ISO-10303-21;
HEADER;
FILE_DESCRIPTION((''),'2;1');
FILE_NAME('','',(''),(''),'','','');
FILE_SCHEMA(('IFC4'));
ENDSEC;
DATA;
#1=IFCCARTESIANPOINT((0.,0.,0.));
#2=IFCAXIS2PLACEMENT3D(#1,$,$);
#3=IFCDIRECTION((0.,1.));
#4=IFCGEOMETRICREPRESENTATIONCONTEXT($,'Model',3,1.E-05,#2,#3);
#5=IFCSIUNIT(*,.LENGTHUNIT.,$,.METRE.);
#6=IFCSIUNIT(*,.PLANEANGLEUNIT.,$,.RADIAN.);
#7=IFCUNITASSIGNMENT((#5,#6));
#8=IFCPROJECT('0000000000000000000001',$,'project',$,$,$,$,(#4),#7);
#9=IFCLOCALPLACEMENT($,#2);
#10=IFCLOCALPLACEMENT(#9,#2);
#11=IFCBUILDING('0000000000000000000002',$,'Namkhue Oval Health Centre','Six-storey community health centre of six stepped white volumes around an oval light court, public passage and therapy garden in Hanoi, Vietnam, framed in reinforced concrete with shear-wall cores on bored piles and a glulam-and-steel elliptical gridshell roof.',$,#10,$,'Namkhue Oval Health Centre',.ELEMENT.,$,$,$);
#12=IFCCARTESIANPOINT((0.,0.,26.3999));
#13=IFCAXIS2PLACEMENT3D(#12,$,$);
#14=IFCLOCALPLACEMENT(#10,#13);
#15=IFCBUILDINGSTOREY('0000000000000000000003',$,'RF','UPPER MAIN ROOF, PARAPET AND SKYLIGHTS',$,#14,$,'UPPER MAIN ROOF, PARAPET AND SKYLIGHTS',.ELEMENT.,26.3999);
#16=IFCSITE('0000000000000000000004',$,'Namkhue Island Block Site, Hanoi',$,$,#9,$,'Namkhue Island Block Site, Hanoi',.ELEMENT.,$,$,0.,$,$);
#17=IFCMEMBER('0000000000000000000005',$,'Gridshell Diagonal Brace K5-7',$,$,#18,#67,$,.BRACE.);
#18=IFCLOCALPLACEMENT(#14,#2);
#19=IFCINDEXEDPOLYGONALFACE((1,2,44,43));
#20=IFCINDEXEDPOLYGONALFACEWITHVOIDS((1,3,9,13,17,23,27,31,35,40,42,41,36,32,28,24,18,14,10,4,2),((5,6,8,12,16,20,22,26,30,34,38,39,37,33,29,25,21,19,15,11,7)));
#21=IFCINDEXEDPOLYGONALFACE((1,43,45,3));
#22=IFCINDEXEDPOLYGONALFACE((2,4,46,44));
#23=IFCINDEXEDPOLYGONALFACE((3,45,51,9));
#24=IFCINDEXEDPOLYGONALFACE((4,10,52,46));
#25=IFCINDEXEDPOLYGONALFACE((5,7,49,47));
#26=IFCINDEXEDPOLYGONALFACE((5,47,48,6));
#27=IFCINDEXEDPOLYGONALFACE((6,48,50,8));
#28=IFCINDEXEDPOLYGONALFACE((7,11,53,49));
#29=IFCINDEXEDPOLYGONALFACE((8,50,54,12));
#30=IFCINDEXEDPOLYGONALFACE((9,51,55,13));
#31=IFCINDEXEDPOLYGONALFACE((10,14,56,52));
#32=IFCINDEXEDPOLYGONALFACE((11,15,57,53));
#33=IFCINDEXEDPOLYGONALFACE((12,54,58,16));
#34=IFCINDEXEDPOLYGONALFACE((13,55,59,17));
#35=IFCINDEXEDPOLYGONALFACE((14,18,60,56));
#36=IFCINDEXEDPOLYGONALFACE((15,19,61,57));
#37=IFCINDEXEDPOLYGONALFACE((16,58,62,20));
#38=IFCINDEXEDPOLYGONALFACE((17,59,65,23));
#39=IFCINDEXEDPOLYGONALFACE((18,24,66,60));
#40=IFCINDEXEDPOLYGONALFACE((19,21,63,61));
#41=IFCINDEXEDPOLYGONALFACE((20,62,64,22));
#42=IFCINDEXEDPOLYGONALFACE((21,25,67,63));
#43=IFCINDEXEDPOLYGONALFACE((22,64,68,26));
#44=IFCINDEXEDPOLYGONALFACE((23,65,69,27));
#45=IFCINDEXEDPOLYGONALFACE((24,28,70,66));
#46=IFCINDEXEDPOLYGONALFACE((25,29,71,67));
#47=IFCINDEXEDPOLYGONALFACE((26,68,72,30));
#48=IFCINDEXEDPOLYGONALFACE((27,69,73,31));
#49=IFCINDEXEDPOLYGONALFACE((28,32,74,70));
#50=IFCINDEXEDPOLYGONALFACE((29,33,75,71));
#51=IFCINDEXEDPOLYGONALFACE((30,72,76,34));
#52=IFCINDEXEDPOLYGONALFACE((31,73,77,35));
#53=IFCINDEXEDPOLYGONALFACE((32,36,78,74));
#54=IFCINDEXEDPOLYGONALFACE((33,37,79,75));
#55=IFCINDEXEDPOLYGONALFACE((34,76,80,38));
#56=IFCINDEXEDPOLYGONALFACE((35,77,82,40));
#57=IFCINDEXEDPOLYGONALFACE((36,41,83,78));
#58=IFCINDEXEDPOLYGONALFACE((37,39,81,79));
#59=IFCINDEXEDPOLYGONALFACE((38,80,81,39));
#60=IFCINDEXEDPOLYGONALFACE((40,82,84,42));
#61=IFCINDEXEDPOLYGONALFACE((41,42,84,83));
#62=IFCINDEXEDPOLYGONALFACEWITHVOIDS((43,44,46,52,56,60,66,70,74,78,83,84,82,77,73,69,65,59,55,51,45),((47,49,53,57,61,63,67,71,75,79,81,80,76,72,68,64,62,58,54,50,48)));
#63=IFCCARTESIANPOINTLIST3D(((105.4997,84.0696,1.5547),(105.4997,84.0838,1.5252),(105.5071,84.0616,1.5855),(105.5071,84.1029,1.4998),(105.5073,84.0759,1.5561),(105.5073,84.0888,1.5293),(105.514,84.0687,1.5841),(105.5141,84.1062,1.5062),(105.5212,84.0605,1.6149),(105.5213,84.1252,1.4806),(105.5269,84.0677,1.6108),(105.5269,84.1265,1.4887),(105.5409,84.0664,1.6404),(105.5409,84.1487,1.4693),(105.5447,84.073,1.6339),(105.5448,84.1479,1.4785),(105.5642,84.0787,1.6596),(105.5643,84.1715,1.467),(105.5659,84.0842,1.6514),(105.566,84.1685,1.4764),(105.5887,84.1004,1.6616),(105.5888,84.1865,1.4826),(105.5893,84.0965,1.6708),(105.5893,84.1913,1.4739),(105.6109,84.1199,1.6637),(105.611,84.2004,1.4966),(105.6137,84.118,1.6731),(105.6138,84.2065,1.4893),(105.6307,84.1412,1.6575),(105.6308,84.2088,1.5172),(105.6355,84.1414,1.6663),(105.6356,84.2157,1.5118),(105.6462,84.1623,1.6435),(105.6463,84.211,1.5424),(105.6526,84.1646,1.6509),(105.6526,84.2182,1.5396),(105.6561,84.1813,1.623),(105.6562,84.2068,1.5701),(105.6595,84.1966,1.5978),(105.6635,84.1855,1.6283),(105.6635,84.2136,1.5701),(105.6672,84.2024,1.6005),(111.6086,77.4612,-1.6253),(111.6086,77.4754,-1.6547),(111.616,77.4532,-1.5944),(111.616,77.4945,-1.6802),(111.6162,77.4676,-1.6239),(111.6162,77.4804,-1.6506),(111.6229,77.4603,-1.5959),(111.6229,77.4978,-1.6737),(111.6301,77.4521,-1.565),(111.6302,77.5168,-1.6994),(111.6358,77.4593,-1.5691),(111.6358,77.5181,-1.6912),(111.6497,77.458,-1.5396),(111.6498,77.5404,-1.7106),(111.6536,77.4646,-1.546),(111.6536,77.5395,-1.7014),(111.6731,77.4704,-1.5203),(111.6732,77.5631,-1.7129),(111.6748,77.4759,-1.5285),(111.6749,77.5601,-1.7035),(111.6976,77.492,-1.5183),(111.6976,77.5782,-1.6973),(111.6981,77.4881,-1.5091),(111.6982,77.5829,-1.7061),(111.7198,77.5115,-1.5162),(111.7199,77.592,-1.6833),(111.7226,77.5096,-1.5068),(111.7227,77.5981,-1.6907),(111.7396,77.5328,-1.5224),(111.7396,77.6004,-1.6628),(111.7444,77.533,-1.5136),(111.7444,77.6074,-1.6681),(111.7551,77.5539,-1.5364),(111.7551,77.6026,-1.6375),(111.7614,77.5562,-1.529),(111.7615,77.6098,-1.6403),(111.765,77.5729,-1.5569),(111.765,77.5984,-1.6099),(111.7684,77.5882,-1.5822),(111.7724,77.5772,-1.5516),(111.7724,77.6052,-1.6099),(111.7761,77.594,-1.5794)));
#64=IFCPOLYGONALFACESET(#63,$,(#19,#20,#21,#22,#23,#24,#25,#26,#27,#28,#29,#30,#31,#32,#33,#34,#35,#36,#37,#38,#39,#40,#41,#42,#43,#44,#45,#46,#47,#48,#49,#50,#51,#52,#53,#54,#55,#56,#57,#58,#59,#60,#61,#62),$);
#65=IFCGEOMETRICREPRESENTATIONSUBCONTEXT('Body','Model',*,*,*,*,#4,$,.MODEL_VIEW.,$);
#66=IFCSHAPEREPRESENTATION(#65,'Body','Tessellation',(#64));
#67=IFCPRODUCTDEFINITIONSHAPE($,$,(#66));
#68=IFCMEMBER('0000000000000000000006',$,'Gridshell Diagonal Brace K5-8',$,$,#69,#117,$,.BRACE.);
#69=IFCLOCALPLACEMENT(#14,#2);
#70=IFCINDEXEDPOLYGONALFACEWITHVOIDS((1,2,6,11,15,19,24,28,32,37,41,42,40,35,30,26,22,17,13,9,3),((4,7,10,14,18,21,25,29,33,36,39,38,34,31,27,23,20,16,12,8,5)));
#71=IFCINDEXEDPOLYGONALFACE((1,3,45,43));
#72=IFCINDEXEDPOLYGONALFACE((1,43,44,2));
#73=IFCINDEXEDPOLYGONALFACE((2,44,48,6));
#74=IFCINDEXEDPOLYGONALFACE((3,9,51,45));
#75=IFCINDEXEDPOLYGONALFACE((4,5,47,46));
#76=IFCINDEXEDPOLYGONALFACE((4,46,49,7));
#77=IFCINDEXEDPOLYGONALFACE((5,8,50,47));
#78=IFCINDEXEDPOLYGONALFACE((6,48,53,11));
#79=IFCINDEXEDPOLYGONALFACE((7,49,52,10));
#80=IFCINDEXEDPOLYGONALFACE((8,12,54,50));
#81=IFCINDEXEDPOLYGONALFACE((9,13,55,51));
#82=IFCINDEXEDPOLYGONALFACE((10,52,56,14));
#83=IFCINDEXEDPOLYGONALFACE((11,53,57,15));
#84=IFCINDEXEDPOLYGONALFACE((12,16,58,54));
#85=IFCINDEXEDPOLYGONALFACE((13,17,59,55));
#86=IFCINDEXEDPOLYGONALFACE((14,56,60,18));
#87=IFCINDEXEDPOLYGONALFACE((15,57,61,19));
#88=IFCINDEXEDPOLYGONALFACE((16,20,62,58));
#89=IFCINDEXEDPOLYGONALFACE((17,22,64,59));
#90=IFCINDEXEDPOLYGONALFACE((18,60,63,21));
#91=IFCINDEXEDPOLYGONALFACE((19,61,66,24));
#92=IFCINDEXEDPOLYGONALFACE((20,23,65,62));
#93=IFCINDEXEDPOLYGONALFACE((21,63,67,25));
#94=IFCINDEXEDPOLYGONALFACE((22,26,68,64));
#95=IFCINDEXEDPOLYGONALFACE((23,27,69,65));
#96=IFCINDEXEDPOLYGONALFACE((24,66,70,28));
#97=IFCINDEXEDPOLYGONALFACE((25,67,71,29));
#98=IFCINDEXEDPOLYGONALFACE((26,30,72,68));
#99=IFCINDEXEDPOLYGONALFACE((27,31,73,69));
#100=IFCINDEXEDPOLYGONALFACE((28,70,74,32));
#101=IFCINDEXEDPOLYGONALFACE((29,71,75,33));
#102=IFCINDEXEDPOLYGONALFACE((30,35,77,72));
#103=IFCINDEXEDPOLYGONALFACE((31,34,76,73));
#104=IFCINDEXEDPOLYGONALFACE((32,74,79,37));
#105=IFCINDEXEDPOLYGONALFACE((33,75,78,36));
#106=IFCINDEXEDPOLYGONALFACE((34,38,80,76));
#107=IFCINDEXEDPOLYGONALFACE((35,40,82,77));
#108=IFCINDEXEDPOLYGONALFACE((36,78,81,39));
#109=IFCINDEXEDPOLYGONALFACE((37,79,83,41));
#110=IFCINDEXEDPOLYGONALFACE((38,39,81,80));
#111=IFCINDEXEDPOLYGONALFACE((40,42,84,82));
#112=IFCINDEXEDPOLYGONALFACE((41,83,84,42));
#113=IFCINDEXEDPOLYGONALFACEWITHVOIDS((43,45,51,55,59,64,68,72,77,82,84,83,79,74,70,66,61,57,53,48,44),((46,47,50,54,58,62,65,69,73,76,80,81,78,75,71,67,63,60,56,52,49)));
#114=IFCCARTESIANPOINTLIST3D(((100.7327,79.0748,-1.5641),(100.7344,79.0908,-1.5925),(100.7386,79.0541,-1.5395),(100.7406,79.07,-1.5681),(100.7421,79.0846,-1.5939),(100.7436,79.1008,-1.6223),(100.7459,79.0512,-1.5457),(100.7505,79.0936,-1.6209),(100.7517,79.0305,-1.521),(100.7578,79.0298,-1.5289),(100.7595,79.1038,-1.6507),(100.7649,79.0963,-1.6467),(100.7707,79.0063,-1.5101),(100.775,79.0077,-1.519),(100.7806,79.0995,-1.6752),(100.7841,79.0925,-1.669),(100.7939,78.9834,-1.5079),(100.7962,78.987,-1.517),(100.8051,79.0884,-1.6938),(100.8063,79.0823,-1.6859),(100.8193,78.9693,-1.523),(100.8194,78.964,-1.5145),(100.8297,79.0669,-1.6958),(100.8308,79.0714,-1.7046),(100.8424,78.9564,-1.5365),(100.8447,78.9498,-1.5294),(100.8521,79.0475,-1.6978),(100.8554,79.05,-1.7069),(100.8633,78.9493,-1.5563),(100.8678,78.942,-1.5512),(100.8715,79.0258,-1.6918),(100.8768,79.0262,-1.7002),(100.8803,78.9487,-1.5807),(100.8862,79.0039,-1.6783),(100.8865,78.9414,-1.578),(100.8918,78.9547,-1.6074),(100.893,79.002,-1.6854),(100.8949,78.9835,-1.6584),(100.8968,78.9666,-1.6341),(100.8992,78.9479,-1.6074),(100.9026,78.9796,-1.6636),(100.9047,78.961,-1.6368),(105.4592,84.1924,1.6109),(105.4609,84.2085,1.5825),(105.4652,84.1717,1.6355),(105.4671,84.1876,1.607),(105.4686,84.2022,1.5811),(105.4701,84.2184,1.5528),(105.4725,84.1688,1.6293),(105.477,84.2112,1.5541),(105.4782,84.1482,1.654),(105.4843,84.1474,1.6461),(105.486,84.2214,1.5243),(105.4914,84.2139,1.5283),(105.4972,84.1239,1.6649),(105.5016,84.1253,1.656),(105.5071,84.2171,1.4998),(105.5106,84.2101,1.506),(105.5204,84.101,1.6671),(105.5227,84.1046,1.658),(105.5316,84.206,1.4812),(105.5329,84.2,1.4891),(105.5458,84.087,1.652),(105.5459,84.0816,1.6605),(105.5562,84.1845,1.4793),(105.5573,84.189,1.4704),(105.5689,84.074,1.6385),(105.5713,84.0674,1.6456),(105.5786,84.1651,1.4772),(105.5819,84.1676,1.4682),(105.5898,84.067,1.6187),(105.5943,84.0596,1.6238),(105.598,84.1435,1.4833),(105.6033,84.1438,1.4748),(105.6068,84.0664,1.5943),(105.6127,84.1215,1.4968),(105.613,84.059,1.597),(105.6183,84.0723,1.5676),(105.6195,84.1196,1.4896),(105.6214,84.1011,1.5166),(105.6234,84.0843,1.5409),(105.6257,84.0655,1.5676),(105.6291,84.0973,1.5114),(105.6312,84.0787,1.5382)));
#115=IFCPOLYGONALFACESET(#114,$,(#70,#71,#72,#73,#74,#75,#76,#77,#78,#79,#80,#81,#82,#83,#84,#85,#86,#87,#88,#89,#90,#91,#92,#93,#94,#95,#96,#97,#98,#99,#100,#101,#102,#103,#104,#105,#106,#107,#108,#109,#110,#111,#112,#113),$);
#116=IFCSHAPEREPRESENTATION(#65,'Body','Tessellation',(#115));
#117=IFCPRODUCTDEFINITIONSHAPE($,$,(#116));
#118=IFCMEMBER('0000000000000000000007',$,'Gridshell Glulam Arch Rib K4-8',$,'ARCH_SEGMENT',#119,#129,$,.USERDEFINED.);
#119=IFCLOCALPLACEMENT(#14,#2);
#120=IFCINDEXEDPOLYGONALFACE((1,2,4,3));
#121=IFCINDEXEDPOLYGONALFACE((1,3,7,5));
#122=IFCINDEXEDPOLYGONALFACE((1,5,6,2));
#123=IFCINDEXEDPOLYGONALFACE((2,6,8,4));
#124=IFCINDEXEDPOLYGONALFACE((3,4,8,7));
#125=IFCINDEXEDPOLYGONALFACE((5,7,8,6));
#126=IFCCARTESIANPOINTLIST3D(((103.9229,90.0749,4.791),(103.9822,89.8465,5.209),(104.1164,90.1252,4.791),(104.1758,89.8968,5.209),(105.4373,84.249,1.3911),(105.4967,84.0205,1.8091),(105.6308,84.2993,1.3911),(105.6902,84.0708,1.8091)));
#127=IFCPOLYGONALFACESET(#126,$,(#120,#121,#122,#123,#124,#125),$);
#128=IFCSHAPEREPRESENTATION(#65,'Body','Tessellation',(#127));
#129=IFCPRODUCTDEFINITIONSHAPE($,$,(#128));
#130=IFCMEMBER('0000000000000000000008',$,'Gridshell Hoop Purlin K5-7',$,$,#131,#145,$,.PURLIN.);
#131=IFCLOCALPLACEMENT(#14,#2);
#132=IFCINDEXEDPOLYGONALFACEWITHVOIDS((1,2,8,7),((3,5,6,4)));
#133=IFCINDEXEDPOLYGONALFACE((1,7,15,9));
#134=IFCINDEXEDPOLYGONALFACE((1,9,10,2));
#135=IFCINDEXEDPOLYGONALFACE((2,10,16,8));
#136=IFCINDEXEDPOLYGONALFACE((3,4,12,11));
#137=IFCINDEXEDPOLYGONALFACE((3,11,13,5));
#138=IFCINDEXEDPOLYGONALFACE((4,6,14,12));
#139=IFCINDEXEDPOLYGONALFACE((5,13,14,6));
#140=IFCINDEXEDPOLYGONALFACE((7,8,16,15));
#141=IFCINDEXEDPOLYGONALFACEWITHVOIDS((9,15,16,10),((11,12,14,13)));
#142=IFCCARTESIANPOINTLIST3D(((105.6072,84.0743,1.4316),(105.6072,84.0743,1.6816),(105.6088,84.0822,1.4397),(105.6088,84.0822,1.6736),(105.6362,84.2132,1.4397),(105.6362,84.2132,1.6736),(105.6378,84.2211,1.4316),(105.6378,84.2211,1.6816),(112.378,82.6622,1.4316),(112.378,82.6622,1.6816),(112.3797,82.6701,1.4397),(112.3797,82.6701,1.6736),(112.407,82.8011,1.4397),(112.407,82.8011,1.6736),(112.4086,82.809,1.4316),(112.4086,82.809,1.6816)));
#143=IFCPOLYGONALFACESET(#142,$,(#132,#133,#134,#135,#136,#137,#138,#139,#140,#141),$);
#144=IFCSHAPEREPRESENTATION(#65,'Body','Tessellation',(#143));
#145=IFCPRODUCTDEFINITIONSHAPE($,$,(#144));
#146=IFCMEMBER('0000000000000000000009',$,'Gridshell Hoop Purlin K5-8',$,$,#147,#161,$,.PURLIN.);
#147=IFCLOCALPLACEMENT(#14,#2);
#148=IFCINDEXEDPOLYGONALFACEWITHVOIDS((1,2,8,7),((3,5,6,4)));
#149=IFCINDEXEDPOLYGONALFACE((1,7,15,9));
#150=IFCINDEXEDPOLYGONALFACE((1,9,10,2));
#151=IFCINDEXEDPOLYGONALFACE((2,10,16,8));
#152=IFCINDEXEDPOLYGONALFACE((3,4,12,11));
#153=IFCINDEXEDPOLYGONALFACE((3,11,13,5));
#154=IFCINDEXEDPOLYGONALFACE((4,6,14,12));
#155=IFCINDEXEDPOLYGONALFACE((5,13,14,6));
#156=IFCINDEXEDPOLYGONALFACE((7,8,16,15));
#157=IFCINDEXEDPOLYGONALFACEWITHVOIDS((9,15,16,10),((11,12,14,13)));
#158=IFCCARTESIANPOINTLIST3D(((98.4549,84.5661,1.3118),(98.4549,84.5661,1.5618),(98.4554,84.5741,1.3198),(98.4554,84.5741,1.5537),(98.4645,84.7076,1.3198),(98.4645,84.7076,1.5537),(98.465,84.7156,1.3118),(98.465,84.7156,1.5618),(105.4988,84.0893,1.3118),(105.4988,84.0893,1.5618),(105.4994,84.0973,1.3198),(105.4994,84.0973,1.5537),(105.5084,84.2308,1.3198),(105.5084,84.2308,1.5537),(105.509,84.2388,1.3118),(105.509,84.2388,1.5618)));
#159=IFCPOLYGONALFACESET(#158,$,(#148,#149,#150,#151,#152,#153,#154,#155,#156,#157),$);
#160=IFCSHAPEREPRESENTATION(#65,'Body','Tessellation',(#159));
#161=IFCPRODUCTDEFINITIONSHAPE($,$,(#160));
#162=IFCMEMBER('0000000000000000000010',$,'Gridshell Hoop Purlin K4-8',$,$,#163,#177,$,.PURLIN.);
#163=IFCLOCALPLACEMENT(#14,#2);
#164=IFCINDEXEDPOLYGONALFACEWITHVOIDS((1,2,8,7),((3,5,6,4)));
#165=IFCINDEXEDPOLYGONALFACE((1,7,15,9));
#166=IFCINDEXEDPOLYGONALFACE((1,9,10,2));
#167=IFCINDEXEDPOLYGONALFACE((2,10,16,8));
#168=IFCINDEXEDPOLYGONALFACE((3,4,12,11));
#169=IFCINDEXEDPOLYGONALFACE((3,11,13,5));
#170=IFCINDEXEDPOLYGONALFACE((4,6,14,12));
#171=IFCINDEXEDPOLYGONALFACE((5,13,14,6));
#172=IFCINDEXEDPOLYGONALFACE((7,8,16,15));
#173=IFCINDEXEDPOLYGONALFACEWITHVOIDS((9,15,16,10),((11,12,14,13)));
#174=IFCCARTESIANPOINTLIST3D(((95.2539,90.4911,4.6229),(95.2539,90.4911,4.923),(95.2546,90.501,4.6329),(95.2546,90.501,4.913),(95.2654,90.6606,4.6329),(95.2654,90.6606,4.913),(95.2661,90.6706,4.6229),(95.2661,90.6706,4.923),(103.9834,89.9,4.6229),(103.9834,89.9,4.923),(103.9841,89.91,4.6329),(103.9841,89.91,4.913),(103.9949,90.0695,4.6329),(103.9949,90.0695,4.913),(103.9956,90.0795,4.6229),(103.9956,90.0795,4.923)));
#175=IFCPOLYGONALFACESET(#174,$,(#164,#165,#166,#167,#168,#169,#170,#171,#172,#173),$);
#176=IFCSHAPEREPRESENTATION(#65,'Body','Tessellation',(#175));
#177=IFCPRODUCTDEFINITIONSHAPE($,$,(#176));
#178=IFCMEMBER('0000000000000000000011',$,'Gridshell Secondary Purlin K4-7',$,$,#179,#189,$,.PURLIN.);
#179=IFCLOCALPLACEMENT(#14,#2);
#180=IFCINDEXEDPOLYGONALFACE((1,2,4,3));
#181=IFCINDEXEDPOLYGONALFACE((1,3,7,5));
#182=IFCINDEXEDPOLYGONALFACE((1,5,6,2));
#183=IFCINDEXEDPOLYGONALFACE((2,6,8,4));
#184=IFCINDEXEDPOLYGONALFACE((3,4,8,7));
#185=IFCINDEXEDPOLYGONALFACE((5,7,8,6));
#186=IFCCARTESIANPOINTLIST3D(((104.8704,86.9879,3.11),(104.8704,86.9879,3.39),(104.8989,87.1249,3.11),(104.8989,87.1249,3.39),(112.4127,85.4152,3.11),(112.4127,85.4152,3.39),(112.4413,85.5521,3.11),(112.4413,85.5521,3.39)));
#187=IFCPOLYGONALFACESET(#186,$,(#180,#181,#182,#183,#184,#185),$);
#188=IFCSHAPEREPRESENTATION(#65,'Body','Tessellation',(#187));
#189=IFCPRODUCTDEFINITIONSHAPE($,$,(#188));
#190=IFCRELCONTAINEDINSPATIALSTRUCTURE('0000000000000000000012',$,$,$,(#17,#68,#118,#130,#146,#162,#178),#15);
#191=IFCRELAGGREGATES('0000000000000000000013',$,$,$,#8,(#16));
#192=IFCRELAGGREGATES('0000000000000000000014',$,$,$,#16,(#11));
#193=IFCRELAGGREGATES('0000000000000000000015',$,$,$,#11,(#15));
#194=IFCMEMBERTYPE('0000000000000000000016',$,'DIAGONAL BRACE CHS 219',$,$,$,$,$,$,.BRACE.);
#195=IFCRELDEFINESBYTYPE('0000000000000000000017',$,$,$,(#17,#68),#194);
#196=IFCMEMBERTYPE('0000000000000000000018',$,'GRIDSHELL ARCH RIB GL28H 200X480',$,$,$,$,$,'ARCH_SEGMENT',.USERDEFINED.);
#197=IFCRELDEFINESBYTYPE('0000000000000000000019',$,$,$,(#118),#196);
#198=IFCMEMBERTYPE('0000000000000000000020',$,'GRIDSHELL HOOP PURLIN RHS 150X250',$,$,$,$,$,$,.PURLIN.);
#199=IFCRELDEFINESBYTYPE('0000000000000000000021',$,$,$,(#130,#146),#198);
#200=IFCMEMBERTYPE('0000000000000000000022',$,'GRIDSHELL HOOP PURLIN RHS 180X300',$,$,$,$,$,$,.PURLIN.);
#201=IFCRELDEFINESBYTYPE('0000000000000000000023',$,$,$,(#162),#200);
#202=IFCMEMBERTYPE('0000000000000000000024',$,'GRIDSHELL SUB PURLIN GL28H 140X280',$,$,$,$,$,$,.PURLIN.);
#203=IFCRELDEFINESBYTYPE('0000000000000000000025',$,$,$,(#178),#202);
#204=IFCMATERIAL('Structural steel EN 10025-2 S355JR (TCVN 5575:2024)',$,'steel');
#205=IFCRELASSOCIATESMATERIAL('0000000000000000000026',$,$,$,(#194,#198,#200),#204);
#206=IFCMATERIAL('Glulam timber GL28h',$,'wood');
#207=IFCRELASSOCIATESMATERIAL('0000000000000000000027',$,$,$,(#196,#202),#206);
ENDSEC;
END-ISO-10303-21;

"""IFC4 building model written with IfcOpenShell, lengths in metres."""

from ifc_helpers import new_model, si_unit, direction, frame, origin, origin_2d, place, context, subcontext, project, spatial, rectangle, hollow_rectangle, hollow_circle, extrude, material, material_profile, profile_set, type_object, element, save


model = new_model("IFC4")

# Units and contexts
model_context = context("Model", 3, precision=1e-05, world=origin(), true_north=direction((0.0, 1.0)))
body_context = subcontext(model_context, "Body", "Model", "MODEL_VIEW")
ifc_project = project(units=[si_unit("LENGTHUNIT", "METRE"), si_unit("PLANEANGLEUNIT", "RADIAN")], contexts=[model_context])

# Site, building, storey
site_placement = place(None, origin())
site = spatial("IfcSite", under=ifc_project, at=site_placement, Name="Namkhue Island Block Site, Hanoi", LongName="Namkhue Island Block Site, Hanoi", CompositionType="ELEMENT", RefElevation=0.0)
building_placement = place(site_placement, origin())
building = spatial("IfcBuilding", under=site, at=building_placement, Name="Namkhue Oval Health Centre", Description="Six-storey community health centre of six stepped white volumes around an oval light court, public passage and therapy garden in Hanoi, Vietnam, framed in reinforced concrete with shear-wall cores on bored piles and a glulam-and-steel elliptical gridshell roof.", LongName="Namkhue Oval Health Centre", CompositionType="ELEMENT")
storey_placement = place(building_placement, frame((0.0, 0.0, 26.3999)))
storey = spatial("IfcBuildingStorey", under=building, at=storey_placement, Name="RF", Description="UPPER MAIN ROOF, PARAPET AND SKYLIGHTS", LongName="UPPER MAIN ROOF, PARAPET AND SKYLIGHTS", CompositionType="ELEMENT", Elevation=26.3999)

# Members
ifc_material_1 = material(Name="Structural steel EN 10025-2 S355JR (TCVN 5575:2024)", Category="steel")
ifc_material_profile_1 = material_profile(ifc_material_1, hollow_circle(Radius=0.1096, WallThickness=0.01, at=origin_2d()), Name="CHS 219.1x10")
ifc_profile_set_1 = profile_set([ifc_material_profile_1], Name="Structural steel EN 10025-2 S355JR (TCVN 5575:2024)")
member_type_1 = type_object("IfcMemberType", Name="DIAGONAL BRACE CHS 219", PredefinedType="BRACE", material=ifc_profile_set_1)
member_1_placement = place(storey_placement, frame((105.583, 84.1392, 1.5701), z_axis=(0.640029, -0.692363, -0.333162), x_axis=(0.734314, 0.678809, 0.0)))
element("IfcMember", 1, at=member_1_placement, inside=storey, type_object=member_type_1, Name="Gridshell Diagonal Brace K5-7", PredefinedType="BRACE", context=body_context, shape_type="SweptSolid", body=[
    extrude(hollow_circle(Radius=0.1096, WallThickness=0.01, at=origin_2d()), origin(), (0.0, 0.0, 1.0), 9.5447),
])
member_2_placement = place(storey_placement, frame((105.5452, 84.1399, 1.5676), z_axis=(-0.61738, -0.668467, -0.414722), x_axis=(0.734621, -0.678478, 0.0)))
element("IfcMember", 2, at=member_2_placement, inside=storey, type_object=member_type_1, Name="Gridshell Diagonal Brace K5-8", PredefinedType="BRACE", context=body_context, shape_type="SweptSolid", body=[
    extrude(hollow_circle(Radius=0.1096, WallThickness=0.01, at=origin_2d()), origin(), (0.0, 0.0, 1.0), 7.6558),
])
ifc_material_2 = material(Name="Glulam timber GL28h", Category="wood")
ifc_material_profile_2 = material_profile(ifc_material_2, rectangle(XDim=0.2, YDim=0.48, at=origin_2d()), Name="GL28h 200x480")
ifc_profile_set_2 = profile_set([ifc_material_profile_2], Name="Glulam timber GL28h")
member_type_2 = type_object("IfcMemberType", Name="GRIDSHELL ARCH RIB GL28H 200X480", ElementType="ARCH_SEGMENT", PredefinedType="USERDEFINED", material=ifc_profile_set_2)
member_3_placement = place(storey_placement, frame((104.0493, 89.9858, 5.0), z_axis=(0.219056, -0.842709, -0.491789), x_axis=(0.967836, 0.251581, 0.0)))
element("IfcMember", 3, at=member_3_placement, inside=storey, type_object=member_type_2, Name="Gridshell Glulam Arch Rib K4-8", ObjectType="ARCH_SEGMENT", PredefinedType="USERDEFINED", context=body_context, shape_type="SweptSolid", body=[
    extrude(rectangle(XDim=0.2, YDim=0.48, at=origin_2d()), origin(), (0.0, 0.0, 1.0), 6.9133),
])
ifc_material_profile_3 = material_profile(ifc_material_1, hollow_rectangle(XDim=0.1499, YDim=0.25, WallThickness=0.0081, at=origin_2d()), Name="RHS 150x250x8")
ifc_profile_set_3 = profile_set([ifc_material_profile_3], Name="Structural steel EN 10025-2 S355JR (TCVN 5575:2024)")
member_type_3 = type_object("IfcMemberType", Name="GRIDSHELL HOOP PURLIN RHS 150X250", PredefinedType="PURLIN", material=ifc_profile_set_3)
member_4_placement = place(storey_placement, frame((112.3933, 82.7356, 1.5566), z_axis=(-0.978936, 0.204167, 0.0), x_axis=(-0.204167, -0.978936, 0.0)))
element("IfcMember", 4, at=member_4_placement, inside=storey, type_object=member_type_3, Name="Gridshell Hoop Purlin K5-7", PredefinedType="PURLIN", context=body_context, shape_type="SweptSolid", body=[
    extrude(hollow_rectangle(XDim=0.1499, YDim=0.25, WallThickness=0.0081, at=origin_2d()), origin(), (0.0, 0.0, 1.0), 6.9165),
])
member_5_placement = place(storey_placement, frame((105.5039, 84.1641, 1.4368), z_axis=(-0.997717, 0.067536, 0.0), x_axis=(-0.067536, -0.997717, 0.0)))
element("IfcMember", 5, at=member_5_placement, inside=storey, type_object=member_type_3, Name="Gridshell Hoop Purlin K5-8", PredefinedType="PURLIN", context=body_context, shape_type="SweptSolid", body=[
    extrude(hollow_rectangle(XDim=0.1499, YDim=0.25, WallThickness=0.0081, at=origin_2d()), origin(), (0.0, 0.0, 1.0), 7.0601),
])
ifc_material_profile_4 = material_profile(ifc_material_1, hollow_rectangle(XDim=0.1799, YDim=0.3, WallThickness=0.01, at=origin_2d()), Name="RHS 180x300x10")
ifc_profile_set_4 = profile_set([ifc_material_profile_4], Name="Structural steel EN 10025-2 S355JR (TCVN 5575:2024)")
member_type_4 = type_object("IfcMemberType", Name="GRIDSHELL HOOP PURLIN RHS 180X300", PredefinedType="PURLIN", material=ifc_profile_set_4)
member_6_placement = place(storey_placement, frame((103.9895, 89.9897, 4.7729), z_axis=(-0.997716, 0.067554, 0.0), x_axis=(-0.067554, -0.997716, 0.0)))
element("IfcMember", 6, at=member_6_placement, inside=storey, type_object=member_type_4, Name="Gridshell Hoop Purlin K4-8", PredefinedType="PURLIN", context=body_context, shape_type="SweptSolid", body=[
    extrude(hollow_rectangle(XDim=0.1799, YDim=0.3, WallThickness=0.01, at=origin_2d()), origin(), (0.0, 0.0, 1.0), 8.7495),
])
ifc_material_profile_5 = material_profile(ifc_material_2, rectangle(XDim=0.1399, YDim=0.28, at=origin_2d()), Name="GL28h 140x280")
ifc_profile_set_5 = profile_set([ifc_material_profile_5], Name="Glulam timber GL28h")
member_type_5 = type_object("IfcMemberType", Name="GRIDSHELL SUB PURLIN GL28H 140X280", PredefinedType="PURLIN", material=ifc_profile_set_5)
member_7_placement = place(storey_placement, frame((112.427, 85.4836, 3.25), z_axis=(-0.978943, 0.204135, 0.0), x_axis=(-0.204135, -0.978943, 0.0)))
element("IfcMember", 7, at=member_7_placement, inside=storey, type_object=member_type_5, Name="Gridshell Secondary Purlin K4-7", PredefinedType="PURLIN", context=body_context, shape_type="SweptSolid", body=[
    extrude(rectangle(XDim=0.1399, YDim=0.28, at=origin_2d()), origin(), (0.0, 0.0, 1.0), 7.7046),
])

save(model, "model.ifc")
